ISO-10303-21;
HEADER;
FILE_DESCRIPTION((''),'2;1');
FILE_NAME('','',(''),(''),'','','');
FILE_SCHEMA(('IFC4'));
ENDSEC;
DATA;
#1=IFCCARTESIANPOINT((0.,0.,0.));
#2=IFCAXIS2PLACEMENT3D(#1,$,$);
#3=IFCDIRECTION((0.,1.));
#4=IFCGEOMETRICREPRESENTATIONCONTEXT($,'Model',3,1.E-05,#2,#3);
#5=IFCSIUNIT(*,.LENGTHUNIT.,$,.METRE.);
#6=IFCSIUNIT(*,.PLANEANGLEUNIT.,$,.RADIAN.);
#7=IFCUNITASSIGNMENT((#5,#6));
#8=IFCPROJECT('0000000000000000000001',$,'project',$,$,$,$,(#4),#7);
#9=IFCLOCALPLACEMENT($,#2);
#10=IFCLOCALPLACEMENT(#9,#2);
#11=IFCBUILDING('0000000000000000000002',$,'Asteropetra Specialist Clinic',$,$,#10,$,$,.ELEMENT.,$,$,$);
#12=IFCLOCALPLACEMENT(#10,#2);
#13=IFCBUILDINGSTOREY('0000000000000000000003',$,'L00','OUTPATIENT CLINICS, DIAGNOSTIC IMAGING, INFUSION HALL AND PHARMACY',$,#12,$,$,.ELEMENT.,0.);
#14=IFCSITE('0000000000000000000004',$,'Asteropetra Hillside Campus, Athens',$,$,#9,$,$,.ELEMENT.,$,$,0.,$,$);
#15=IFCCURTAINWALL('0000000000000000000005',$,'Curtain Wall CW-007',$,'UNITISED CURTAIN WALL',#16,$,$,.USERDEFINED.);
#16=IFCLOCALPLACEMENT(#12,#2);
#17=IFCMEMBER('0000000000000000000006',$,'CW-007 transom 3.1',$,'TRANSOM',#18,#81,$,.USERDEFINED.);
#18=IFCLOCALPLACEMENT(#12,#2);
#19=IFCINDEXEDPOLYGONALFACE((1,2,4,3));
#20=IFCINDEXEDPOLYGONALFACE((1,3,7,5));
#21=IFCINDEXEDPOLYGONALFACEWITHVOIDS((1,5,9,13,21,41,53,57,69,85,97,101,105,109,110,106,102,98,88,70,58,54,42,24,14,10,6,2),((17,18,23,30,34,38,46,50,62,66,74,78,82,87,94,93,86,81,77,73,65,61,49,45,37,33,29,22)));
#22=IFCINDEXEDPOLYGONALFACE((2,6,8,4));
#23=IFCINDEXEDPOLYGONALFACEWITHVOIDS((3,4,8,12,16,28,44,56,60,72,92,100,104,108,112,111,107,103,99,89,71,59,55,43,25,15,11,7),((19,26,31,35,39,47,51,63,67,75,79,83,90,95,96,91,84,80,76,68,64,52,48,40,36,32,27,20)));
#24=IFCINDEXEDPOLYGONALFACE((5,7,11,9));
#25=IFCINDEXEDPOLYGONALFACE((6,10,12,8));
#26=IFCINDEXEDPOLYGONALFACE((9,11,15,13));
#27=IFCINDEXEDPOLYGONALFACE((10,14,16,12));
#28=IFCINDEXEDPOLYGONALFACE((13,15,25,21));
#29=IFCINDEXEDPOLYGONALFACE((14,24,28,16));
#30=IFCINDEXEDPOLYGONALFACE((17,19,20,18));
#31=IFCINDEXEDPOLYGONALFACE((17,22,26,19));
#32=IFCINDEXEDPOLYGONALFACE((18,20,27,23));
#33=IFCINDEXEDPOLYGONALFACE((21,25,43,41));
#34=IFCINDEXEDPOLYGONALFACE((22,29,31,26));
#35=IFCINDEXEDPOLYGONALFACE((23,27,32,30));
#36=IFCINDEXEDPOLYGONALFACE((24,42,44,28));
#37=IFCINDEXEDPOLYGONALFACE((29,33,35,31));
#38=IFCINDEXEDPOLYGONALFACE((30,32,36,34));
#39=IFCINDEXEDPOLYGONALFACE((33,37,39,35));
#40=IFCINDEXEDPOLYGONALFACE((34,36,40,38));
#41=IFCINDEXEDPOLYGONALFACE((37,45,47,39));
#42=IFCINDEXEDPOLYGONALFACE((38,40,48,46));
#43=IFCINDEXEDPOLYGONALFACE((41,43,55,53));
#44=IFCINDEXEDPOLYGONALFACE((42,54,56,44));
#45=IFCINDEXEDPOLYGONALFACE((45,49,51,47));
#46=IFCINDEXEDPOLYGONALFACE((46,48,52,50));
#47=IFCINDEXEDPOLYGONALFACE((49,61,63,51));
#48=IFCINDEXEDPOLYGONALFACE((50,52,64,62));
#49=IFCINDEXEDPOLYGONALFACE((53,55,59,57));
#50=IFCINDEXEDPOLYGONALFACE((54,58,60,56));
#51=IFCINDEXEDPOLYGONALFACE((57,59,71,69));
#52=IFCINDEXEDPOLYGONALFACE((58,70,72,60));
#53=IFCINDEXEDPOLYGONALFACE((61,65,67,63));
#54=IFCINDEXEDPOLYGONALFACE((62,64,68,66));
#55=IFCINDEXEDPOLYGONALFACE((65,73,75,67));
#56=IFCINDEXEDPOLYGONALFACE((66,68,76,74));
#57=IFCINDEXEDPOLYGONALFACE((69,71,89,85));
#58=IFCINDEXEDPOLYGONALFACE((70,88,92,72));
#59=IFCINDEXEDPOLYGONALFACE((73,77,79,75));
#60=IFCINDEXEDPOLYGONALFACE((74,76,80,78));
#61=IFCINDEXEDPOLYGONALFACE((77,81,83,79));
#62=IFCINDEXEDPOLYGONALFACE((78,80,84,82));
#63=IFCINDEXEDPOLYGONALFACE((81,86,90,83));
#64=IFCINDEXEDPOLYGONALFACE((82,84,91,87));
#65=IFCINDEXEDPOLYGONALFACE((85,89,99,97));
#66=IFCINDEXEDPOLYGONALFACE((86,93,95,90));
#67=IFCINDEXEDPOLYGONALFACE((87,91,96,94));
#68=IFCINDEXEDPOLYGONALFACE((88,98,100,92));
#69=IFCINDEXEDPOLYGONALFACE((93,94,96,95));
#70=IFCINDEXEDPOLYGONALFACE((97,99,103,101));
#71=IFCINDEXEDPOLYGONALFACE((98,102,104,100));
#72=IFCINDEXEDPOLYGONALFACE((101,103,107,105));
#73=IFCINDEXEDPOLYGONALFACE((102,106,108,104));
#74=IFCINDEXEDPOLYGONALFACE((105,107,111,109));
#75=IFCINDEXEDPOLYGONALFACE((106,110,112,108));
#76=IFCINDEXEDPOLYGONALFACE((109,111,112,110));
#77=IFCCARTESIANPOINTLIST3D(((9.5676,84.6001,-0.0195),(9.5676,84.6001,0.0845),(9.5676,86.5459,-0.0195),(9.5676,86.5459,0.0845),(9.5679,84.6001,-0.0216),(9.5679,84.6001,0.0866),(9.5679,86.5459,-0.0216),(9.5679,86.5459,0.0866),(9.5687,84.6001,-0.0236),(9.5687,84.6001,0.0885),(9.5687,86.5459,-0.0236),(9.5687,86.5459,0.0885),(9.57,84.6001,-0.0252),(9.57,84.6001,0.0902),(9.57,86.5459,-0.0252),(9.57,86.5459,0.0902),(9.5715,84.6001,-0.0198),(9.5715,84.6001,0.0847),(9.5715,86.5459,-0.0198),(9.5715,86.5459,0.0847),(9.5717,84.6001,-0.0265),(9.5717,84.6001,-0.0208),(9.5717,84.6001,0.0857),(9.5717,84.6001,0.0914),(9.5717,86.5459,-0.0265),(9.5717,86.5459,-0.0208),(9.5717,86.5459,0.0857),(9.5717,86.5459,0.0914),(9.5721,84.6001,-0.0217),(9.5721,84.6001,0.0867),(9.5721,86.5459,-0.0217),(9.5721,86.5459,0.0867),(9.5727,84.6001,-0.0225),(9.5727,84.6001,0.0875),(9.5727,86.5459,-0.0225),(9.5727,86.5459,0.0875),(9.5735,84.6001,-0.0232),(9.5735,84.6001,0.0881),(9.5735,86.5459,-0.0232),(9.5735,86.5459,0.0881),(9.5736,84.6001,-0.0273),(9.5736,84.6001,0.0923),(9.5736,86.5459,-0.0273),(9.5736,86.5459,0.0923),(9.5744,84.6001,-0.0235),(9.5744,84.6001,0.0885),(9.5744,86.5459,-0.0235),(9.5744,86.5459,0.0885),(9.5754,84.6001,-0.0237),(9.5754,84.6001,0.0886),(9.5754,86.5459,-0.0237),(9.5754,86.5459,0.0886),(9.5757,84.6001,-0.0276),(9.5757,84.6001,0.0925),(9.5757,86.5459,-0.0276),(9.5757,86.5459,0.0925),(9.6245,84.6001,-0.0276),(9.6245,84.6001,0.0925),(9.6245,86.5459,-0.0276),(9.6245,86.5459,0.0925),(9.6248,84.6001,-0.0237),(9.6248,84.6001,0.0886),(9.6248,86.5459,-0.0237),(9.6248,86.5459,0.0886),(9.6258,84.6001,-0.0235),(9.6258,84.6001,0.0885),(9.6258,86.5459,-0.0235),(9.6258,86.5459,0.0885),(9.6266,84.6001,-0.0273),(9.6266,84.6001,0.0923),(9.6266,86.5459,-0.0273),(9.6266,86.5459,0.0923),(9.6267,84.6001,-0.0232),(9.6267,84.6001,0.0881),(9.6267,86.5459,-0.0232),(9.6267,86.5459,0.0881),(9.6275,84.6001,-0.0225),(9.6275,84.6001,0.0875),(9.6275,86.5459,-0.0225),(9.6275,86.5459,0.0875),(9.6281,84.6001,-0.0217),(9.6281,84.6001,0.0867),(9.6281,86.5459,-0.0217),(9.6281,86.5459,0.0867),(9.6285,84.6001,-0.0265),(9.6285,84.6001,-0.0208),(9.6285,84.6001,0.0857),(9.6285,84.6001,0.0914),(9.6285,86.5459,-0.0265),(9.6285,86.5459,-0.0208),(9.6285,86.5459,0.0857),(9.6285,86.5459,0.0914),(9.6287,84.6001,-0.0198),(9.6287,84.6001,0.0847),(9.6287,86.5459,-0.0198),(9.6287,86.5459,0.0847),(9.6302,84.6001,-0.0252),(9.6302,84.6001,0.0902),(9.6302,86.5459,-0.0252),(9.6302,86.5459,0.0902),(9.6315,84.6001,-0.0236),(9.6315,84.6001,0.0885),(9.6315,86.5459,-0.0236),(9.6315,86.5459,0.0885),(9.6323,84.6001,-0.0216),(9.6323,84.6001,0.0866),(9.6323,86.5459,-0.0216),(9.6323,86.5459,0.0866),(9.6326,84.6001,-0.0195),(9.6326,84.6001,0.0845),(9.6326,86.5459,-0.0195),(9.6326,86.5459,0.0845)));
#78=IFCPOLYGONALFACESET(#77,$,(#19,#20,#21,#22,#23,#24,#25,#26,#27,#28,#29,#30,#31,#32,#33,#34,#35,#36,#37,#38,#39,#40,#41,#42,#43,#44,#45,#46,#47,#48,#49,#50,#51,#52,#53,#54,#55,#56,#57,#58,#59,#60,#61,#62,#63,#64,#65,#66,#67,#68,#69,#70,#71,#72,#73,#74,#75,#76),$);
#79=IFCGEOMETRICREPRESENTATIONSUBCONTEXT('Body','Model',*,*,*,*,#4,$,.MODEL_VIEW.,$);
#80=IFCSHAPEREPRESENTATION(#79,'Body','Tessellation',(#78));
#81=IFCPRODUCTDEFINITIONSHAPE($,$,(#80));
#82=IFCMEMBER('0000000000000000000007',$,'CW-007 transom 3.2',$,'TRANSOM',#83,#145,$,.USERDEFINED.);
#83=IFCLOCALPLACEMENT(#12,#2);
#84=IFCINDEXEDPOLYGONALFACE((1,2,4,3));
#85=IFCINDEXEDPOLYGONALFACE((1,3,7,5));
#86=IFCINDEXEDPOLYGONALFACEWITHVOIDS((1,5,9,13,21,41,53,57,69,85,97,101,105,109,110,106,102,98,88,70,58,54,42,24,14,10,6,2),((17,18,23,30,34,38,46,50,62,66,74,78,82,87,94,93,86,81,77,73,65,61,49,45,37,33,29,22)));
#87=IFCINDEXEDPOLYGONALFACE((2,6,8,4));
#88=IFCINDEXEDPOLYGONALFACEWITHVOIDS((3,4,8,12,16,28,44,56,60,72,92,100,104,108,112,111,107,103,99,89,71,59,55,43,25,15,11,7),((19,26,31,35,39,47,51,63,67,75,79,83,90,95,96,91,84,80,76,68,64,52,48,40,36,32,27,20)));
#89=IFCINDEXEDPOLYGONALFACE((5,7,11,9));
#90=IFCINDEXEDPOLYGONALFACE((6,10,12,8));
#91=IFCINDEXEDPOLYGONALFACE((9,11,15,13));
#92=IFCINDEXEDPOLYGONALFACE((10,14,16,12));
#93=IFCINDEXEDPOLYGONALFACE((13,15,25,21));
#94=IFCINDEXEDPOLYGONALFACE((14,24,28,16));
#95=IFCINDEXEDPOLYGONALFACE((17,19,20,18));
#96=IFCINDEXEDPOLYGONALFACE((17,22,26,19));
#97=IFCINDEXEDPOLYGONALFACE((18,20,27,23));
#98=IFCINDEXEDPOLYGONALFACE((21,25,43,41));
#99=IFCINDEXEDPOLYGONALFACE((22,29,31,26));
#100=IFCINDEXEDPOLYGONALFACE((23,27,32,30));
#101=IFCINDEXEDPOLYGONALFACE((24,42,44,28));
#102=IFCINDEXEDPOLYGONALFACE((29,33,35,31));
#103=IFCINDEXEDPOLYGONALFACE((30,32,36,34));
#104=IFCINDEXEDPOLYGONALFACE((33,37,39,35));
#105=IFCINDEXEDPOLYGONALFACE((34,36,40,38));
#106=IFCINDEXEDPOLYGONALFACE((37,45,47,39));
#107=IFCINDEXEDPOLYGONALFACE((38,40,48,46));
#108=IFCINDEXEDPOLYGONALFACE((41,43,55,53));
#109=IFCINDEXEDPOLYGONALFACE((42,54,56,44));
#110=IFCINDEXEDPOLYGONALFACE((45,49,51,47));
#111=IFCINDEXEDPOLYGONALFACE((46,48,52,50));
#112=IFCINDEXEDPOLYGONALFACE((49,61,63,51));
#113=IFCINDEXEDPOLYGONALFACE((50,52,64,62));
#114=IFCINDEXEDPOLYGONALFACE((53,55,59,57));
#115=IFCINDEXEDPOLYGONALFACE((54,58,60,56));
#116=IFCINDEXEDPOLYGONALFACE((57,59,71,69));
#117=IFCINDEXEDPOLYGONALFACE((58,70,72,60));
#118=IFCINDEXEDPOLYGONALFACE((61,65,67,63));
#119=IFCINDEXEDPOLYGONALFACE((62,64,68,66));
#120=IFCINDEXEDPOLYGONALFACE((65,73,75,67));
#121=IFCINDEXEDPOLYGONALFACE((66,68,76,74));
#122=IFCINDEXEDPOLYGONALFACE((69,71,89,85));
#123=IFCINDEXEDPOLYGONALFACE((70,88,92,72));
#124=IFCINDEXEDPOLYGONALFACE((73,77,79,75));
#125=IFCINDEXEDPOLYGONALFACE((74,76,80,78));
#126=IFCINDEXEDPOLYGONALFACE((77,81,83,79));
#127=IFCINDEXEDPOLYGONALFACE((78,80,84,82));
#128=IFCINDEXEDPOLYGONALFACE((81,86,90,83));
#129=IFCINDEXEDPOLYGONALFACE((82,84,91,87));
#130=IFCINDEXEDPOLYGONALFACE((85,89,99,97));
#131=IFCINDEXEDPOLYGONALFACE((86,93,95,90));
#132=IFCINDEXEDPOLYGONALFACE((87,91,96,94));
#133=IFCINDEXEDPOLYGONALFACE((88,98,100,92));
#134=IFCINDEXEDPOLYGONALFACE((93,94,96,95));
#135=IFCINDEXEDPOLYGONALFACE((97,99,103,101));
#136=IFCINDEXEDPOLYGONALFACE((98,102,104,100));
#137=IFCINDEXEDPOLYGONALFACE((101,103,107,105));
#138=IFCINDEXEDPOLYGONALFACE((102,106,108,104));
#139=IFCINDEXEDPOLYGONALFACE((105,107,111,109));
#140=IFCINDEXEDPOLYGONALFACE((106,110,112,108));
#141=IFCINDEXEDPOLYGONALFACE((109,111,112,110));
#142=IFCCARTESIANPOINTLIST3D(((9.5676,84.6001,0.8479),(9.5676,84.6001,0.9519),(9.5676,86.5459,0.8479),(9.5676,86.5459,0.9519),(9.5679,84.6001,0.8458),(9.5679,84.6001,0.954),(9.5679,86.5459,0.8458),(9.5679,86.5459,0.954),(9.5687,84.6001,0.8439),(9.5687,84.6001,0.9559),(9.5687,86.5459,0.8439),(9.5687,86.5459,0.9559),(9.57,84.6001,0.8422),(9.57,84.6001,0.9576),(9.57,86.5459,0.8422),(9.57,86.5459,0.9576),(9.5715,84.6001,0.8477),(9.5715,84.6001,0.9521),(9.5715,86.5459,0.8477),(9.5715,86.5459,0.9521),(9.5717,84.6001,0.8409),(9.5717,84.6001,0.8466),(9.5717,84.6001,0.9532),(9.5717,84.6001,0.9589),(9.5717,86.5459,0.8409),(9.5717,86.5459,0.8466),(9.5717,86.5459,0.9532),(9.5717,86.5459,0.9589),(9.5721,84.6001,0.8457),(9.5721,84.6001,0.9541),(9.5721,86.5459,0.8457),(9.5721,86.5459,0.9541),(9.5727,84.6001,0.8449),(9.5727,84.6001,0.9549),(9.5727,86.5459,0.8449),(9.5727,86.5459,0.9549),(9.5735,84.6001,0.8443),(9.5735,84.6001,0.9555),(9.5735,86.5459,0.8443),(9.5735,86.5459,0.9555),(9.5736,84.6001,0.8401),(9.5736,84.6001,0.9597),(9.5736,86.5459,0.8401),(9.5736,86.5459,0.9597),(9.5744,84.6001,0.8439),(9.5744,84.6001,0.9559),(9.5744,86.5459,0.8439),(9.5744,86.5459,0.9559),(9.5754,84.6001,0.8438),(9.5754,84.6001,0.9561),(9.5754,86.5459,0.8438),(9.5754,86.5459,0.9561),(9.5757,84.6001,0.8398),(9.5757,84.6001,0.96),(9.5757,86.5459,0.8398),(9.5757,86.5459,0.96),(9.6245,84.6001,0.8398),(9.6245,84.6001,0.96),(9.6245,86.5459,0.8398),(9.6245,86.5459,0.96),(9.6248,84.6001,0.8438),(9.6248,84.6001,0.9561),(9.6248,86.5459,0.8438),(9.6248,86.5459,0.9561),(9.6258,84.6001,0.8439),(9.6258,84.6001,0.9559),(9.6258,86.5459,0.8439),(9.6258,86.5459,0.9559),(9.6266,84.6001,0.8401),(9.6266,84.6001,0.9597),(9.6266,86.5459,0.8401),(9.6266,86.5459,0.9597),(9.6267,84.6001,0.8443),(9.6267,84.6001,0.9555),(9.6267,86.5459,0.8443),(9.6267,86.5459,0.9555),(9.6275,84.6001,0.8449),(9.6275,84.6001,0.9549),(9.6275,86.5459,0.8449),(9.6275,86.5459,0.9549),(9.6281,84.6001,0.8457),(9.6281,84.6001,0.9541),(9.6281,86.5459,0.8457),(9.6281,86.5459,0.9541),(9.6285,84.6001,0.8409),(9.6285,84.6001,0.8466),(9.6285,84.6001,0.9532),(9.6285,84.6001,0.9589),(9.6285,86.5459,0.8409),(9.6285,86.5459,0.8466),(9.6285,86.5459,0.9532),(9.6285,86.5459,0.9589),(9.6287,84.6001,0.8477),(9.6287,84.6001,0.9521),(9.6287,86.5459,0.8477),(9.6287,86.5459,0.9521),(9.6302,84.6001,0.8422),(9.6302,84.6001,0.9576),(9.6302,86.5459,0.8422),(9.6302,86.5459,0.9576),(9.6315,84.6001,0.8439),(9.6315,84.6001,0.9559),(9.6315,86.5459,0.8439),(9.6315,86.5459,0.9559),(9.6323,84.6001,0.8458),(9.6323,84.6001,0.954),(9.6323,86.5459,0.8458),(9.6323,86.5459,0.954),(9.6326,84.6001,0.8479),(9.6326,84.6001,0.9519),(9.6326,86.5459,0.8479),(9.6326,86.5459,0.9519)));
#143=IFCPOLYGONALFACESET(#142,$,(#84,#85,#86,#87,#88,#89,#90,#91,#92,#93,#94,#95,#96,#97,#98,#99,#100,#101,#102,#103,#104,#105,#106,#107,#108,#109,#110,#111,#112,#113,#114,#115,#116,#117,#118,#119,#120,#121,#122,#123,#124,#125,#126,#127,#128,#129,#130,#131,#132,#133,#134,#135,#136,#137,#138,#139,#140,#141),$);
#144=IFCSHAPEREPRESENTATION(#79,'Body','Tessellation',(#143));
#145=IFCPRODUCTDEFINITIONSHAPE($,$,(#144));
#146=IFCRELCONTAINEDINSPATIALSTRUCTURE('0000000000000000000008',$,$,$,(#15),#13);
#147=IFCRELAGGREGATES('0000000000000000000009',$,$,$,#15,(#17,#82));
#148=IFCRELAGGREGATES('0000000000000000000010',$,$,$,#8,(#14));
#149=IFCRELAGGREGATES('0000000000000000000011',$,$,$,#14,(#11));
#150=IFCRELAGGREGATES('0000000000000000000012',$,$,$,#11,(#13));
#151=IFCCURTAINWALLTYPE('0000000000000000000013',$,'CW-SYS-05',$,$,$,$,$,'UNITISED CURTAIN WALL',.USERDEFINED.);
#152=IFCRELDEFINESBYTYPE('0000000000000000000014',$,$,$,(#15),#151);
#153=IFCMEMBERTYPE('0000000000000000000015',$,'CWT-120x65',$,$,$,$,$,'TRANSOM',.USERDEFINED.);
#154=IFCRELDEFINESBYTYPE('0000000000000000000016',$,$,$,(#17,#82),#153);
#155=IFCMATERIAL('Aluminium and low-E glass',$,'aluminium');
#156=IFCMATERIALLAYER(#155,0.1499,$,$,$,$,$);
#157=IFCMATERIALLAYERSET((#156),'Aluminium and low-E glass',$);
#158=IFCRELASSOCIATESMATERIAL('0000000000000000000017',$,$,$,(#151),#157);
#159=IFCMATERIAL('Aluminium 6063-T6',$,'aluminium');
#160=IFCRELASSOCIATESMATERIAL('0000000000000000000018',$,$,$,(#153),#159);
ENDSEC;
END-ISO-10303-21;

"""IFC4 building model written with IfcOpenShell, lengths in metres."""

from ifc_helpers import new_model, si_unit, direction, frame, origin, origin_2d, place, context, subcontext, project, spatial, hollow_rectangle, extrude, material, layer, layer_set, material_profile, profile_set, type_object, element, aggregate, save


model = new_model("IFC4")

# Units and contexts
model_context = context("Model", 3, precision=1e-05, world=origin(), true_north=direction((0.0, 1.0)))
body_context = subcontext(model_context, "Body", "Model", "MODEL_VIEW")
ifc_project = project(units=[si_unit("LENGTHUNIT", "METRE"), si_unit("PLANEANGLEUNIT", "RADIAN")], contexts=[model_context])

# Site, building, storey
site_placement = place(None, origin())
site = spatial("IfcSite", under=ifc_project, at=site_placement, Name="Asteropetra Hillside Campus, Athens", CompositionType="ELEMENT", RefElevation=0.0)
building_placement = place(site_placement, origin())
building = spatial("IfcBuilding", under=site, at=building_placement, Name="Asteropetra Specialist Clinic", CompositionType="ELEMENT")
storey_placement = place(building_placement, origin())
storey = spatial("IfcBuildingStorey", under=building, at=storey_placement, Name="L00", Description="OUTPATIENT CLINICS, DIAGNOSTIC IMAGING, INFUSION HALL AND PHARMACY", CompositionType="ELEMENT", Elevation=0.0)

# Curtain wall, members
ifc_material_1 = material(Name="Aluminium and low-E glass", Category="aluminium")
ifc_layer_1 = layer(ifc_material_1, 0.1499)
ifc_layer_set_1 = layer_set([ifc_layer_1], Name="Aluminium and low-E glass")
curtain_wall_type = type_object("IfcCurtainWallType", Name="CW-SYS-05", ElementType="UNITISED CURTAIN WALL", PredefinedType="USERDEFINED", material=ifc_layer_set_1)
curtain_wall_placement = place(storey_placement, origin())
curtain_wall = element("IfcCurtainWall", 1, at=curtain_wall_placement, inside=storey, type_object=curtain_wall_type, Name="Curtain Wall CW-007", ObjectType="UNITISED CURTAIN WALL", PredefinedType="USERDEFINED")
ifc_material_2 = material(Name="Aluminium 6063-T6", Category="aluminium")
ifc_material_profile_1 = material_profile(ifc_material_2, hollow_rectangle(XDim=0.0649, YDim=0.1201, WallThickness=0.0039, InnerFilletRadius=0.0039, OuterFilletRadius=0.0081, at=origin_2d()), Name="TRN 120x65x4.0")
ifc_profile_set_1 = profile_set([ifc_material_profile_1], Name="Aluminium 6063-T6")
member_type_1 = type_object("IfcMemberType", Name="CWT-120x65", ElementType="TRANSOM", PredefinedType="USERDEFINED", material=ifc_profile_set_1)
member_1_placement = place(storey_placement, frame((9.6001, 86.5459, 0.0325), z_axis=(0.0, -1.0, 0.0), x_axis=(1.0, 0.0, 0.0)))
member_1 = element("IfcMember", 2, at=member_1_placement, type_object=member_type_1, Name="CW-007 transom 3.1", ObjectType="TRANSOM", PredefinedType="USERDEFINED", context=body_context, shape_type="SweptSolid", body=[
    extrude(hollow_rectangle(XDim=0.0649, YDim=0.1201, WallThickness=0.0039, InnerFilletRadius=0.0039, OuterFilletRadius=0.0081, at=origin_2d()), origin(), (0.0, 0.0, 1.0), 1.9458),
])
member_2_placement = place(storey_placement, frame((9.6001, 86.5459, 0.8999), z_axis=(0.0, -1.0, 0.0), x_axis=(1.0, 0.0, 0.0)))
member_2 = element("IfcMember", 3, at=member_2_placement, type_object=member_type_1, Name="CW-007 transom 3.2", ObjectType="TRANSOM", PredefinedType="USERDEFINED", context=body_context, shape_type="SweptSolid", body=[
    extrude(hollow_rectangle(XDim=0.0649, YDim=0.1201, WallThickness=0.0039, InnerFilletRadius=0.0039, OuterFilletRadius=0.0081, at=origin_2d()), origin(), (0.0, 0.0, 1.0), 1.9458),
])
aggregate(curtain_wall, [member_1, member_2])

save(model, "model.ifc")
